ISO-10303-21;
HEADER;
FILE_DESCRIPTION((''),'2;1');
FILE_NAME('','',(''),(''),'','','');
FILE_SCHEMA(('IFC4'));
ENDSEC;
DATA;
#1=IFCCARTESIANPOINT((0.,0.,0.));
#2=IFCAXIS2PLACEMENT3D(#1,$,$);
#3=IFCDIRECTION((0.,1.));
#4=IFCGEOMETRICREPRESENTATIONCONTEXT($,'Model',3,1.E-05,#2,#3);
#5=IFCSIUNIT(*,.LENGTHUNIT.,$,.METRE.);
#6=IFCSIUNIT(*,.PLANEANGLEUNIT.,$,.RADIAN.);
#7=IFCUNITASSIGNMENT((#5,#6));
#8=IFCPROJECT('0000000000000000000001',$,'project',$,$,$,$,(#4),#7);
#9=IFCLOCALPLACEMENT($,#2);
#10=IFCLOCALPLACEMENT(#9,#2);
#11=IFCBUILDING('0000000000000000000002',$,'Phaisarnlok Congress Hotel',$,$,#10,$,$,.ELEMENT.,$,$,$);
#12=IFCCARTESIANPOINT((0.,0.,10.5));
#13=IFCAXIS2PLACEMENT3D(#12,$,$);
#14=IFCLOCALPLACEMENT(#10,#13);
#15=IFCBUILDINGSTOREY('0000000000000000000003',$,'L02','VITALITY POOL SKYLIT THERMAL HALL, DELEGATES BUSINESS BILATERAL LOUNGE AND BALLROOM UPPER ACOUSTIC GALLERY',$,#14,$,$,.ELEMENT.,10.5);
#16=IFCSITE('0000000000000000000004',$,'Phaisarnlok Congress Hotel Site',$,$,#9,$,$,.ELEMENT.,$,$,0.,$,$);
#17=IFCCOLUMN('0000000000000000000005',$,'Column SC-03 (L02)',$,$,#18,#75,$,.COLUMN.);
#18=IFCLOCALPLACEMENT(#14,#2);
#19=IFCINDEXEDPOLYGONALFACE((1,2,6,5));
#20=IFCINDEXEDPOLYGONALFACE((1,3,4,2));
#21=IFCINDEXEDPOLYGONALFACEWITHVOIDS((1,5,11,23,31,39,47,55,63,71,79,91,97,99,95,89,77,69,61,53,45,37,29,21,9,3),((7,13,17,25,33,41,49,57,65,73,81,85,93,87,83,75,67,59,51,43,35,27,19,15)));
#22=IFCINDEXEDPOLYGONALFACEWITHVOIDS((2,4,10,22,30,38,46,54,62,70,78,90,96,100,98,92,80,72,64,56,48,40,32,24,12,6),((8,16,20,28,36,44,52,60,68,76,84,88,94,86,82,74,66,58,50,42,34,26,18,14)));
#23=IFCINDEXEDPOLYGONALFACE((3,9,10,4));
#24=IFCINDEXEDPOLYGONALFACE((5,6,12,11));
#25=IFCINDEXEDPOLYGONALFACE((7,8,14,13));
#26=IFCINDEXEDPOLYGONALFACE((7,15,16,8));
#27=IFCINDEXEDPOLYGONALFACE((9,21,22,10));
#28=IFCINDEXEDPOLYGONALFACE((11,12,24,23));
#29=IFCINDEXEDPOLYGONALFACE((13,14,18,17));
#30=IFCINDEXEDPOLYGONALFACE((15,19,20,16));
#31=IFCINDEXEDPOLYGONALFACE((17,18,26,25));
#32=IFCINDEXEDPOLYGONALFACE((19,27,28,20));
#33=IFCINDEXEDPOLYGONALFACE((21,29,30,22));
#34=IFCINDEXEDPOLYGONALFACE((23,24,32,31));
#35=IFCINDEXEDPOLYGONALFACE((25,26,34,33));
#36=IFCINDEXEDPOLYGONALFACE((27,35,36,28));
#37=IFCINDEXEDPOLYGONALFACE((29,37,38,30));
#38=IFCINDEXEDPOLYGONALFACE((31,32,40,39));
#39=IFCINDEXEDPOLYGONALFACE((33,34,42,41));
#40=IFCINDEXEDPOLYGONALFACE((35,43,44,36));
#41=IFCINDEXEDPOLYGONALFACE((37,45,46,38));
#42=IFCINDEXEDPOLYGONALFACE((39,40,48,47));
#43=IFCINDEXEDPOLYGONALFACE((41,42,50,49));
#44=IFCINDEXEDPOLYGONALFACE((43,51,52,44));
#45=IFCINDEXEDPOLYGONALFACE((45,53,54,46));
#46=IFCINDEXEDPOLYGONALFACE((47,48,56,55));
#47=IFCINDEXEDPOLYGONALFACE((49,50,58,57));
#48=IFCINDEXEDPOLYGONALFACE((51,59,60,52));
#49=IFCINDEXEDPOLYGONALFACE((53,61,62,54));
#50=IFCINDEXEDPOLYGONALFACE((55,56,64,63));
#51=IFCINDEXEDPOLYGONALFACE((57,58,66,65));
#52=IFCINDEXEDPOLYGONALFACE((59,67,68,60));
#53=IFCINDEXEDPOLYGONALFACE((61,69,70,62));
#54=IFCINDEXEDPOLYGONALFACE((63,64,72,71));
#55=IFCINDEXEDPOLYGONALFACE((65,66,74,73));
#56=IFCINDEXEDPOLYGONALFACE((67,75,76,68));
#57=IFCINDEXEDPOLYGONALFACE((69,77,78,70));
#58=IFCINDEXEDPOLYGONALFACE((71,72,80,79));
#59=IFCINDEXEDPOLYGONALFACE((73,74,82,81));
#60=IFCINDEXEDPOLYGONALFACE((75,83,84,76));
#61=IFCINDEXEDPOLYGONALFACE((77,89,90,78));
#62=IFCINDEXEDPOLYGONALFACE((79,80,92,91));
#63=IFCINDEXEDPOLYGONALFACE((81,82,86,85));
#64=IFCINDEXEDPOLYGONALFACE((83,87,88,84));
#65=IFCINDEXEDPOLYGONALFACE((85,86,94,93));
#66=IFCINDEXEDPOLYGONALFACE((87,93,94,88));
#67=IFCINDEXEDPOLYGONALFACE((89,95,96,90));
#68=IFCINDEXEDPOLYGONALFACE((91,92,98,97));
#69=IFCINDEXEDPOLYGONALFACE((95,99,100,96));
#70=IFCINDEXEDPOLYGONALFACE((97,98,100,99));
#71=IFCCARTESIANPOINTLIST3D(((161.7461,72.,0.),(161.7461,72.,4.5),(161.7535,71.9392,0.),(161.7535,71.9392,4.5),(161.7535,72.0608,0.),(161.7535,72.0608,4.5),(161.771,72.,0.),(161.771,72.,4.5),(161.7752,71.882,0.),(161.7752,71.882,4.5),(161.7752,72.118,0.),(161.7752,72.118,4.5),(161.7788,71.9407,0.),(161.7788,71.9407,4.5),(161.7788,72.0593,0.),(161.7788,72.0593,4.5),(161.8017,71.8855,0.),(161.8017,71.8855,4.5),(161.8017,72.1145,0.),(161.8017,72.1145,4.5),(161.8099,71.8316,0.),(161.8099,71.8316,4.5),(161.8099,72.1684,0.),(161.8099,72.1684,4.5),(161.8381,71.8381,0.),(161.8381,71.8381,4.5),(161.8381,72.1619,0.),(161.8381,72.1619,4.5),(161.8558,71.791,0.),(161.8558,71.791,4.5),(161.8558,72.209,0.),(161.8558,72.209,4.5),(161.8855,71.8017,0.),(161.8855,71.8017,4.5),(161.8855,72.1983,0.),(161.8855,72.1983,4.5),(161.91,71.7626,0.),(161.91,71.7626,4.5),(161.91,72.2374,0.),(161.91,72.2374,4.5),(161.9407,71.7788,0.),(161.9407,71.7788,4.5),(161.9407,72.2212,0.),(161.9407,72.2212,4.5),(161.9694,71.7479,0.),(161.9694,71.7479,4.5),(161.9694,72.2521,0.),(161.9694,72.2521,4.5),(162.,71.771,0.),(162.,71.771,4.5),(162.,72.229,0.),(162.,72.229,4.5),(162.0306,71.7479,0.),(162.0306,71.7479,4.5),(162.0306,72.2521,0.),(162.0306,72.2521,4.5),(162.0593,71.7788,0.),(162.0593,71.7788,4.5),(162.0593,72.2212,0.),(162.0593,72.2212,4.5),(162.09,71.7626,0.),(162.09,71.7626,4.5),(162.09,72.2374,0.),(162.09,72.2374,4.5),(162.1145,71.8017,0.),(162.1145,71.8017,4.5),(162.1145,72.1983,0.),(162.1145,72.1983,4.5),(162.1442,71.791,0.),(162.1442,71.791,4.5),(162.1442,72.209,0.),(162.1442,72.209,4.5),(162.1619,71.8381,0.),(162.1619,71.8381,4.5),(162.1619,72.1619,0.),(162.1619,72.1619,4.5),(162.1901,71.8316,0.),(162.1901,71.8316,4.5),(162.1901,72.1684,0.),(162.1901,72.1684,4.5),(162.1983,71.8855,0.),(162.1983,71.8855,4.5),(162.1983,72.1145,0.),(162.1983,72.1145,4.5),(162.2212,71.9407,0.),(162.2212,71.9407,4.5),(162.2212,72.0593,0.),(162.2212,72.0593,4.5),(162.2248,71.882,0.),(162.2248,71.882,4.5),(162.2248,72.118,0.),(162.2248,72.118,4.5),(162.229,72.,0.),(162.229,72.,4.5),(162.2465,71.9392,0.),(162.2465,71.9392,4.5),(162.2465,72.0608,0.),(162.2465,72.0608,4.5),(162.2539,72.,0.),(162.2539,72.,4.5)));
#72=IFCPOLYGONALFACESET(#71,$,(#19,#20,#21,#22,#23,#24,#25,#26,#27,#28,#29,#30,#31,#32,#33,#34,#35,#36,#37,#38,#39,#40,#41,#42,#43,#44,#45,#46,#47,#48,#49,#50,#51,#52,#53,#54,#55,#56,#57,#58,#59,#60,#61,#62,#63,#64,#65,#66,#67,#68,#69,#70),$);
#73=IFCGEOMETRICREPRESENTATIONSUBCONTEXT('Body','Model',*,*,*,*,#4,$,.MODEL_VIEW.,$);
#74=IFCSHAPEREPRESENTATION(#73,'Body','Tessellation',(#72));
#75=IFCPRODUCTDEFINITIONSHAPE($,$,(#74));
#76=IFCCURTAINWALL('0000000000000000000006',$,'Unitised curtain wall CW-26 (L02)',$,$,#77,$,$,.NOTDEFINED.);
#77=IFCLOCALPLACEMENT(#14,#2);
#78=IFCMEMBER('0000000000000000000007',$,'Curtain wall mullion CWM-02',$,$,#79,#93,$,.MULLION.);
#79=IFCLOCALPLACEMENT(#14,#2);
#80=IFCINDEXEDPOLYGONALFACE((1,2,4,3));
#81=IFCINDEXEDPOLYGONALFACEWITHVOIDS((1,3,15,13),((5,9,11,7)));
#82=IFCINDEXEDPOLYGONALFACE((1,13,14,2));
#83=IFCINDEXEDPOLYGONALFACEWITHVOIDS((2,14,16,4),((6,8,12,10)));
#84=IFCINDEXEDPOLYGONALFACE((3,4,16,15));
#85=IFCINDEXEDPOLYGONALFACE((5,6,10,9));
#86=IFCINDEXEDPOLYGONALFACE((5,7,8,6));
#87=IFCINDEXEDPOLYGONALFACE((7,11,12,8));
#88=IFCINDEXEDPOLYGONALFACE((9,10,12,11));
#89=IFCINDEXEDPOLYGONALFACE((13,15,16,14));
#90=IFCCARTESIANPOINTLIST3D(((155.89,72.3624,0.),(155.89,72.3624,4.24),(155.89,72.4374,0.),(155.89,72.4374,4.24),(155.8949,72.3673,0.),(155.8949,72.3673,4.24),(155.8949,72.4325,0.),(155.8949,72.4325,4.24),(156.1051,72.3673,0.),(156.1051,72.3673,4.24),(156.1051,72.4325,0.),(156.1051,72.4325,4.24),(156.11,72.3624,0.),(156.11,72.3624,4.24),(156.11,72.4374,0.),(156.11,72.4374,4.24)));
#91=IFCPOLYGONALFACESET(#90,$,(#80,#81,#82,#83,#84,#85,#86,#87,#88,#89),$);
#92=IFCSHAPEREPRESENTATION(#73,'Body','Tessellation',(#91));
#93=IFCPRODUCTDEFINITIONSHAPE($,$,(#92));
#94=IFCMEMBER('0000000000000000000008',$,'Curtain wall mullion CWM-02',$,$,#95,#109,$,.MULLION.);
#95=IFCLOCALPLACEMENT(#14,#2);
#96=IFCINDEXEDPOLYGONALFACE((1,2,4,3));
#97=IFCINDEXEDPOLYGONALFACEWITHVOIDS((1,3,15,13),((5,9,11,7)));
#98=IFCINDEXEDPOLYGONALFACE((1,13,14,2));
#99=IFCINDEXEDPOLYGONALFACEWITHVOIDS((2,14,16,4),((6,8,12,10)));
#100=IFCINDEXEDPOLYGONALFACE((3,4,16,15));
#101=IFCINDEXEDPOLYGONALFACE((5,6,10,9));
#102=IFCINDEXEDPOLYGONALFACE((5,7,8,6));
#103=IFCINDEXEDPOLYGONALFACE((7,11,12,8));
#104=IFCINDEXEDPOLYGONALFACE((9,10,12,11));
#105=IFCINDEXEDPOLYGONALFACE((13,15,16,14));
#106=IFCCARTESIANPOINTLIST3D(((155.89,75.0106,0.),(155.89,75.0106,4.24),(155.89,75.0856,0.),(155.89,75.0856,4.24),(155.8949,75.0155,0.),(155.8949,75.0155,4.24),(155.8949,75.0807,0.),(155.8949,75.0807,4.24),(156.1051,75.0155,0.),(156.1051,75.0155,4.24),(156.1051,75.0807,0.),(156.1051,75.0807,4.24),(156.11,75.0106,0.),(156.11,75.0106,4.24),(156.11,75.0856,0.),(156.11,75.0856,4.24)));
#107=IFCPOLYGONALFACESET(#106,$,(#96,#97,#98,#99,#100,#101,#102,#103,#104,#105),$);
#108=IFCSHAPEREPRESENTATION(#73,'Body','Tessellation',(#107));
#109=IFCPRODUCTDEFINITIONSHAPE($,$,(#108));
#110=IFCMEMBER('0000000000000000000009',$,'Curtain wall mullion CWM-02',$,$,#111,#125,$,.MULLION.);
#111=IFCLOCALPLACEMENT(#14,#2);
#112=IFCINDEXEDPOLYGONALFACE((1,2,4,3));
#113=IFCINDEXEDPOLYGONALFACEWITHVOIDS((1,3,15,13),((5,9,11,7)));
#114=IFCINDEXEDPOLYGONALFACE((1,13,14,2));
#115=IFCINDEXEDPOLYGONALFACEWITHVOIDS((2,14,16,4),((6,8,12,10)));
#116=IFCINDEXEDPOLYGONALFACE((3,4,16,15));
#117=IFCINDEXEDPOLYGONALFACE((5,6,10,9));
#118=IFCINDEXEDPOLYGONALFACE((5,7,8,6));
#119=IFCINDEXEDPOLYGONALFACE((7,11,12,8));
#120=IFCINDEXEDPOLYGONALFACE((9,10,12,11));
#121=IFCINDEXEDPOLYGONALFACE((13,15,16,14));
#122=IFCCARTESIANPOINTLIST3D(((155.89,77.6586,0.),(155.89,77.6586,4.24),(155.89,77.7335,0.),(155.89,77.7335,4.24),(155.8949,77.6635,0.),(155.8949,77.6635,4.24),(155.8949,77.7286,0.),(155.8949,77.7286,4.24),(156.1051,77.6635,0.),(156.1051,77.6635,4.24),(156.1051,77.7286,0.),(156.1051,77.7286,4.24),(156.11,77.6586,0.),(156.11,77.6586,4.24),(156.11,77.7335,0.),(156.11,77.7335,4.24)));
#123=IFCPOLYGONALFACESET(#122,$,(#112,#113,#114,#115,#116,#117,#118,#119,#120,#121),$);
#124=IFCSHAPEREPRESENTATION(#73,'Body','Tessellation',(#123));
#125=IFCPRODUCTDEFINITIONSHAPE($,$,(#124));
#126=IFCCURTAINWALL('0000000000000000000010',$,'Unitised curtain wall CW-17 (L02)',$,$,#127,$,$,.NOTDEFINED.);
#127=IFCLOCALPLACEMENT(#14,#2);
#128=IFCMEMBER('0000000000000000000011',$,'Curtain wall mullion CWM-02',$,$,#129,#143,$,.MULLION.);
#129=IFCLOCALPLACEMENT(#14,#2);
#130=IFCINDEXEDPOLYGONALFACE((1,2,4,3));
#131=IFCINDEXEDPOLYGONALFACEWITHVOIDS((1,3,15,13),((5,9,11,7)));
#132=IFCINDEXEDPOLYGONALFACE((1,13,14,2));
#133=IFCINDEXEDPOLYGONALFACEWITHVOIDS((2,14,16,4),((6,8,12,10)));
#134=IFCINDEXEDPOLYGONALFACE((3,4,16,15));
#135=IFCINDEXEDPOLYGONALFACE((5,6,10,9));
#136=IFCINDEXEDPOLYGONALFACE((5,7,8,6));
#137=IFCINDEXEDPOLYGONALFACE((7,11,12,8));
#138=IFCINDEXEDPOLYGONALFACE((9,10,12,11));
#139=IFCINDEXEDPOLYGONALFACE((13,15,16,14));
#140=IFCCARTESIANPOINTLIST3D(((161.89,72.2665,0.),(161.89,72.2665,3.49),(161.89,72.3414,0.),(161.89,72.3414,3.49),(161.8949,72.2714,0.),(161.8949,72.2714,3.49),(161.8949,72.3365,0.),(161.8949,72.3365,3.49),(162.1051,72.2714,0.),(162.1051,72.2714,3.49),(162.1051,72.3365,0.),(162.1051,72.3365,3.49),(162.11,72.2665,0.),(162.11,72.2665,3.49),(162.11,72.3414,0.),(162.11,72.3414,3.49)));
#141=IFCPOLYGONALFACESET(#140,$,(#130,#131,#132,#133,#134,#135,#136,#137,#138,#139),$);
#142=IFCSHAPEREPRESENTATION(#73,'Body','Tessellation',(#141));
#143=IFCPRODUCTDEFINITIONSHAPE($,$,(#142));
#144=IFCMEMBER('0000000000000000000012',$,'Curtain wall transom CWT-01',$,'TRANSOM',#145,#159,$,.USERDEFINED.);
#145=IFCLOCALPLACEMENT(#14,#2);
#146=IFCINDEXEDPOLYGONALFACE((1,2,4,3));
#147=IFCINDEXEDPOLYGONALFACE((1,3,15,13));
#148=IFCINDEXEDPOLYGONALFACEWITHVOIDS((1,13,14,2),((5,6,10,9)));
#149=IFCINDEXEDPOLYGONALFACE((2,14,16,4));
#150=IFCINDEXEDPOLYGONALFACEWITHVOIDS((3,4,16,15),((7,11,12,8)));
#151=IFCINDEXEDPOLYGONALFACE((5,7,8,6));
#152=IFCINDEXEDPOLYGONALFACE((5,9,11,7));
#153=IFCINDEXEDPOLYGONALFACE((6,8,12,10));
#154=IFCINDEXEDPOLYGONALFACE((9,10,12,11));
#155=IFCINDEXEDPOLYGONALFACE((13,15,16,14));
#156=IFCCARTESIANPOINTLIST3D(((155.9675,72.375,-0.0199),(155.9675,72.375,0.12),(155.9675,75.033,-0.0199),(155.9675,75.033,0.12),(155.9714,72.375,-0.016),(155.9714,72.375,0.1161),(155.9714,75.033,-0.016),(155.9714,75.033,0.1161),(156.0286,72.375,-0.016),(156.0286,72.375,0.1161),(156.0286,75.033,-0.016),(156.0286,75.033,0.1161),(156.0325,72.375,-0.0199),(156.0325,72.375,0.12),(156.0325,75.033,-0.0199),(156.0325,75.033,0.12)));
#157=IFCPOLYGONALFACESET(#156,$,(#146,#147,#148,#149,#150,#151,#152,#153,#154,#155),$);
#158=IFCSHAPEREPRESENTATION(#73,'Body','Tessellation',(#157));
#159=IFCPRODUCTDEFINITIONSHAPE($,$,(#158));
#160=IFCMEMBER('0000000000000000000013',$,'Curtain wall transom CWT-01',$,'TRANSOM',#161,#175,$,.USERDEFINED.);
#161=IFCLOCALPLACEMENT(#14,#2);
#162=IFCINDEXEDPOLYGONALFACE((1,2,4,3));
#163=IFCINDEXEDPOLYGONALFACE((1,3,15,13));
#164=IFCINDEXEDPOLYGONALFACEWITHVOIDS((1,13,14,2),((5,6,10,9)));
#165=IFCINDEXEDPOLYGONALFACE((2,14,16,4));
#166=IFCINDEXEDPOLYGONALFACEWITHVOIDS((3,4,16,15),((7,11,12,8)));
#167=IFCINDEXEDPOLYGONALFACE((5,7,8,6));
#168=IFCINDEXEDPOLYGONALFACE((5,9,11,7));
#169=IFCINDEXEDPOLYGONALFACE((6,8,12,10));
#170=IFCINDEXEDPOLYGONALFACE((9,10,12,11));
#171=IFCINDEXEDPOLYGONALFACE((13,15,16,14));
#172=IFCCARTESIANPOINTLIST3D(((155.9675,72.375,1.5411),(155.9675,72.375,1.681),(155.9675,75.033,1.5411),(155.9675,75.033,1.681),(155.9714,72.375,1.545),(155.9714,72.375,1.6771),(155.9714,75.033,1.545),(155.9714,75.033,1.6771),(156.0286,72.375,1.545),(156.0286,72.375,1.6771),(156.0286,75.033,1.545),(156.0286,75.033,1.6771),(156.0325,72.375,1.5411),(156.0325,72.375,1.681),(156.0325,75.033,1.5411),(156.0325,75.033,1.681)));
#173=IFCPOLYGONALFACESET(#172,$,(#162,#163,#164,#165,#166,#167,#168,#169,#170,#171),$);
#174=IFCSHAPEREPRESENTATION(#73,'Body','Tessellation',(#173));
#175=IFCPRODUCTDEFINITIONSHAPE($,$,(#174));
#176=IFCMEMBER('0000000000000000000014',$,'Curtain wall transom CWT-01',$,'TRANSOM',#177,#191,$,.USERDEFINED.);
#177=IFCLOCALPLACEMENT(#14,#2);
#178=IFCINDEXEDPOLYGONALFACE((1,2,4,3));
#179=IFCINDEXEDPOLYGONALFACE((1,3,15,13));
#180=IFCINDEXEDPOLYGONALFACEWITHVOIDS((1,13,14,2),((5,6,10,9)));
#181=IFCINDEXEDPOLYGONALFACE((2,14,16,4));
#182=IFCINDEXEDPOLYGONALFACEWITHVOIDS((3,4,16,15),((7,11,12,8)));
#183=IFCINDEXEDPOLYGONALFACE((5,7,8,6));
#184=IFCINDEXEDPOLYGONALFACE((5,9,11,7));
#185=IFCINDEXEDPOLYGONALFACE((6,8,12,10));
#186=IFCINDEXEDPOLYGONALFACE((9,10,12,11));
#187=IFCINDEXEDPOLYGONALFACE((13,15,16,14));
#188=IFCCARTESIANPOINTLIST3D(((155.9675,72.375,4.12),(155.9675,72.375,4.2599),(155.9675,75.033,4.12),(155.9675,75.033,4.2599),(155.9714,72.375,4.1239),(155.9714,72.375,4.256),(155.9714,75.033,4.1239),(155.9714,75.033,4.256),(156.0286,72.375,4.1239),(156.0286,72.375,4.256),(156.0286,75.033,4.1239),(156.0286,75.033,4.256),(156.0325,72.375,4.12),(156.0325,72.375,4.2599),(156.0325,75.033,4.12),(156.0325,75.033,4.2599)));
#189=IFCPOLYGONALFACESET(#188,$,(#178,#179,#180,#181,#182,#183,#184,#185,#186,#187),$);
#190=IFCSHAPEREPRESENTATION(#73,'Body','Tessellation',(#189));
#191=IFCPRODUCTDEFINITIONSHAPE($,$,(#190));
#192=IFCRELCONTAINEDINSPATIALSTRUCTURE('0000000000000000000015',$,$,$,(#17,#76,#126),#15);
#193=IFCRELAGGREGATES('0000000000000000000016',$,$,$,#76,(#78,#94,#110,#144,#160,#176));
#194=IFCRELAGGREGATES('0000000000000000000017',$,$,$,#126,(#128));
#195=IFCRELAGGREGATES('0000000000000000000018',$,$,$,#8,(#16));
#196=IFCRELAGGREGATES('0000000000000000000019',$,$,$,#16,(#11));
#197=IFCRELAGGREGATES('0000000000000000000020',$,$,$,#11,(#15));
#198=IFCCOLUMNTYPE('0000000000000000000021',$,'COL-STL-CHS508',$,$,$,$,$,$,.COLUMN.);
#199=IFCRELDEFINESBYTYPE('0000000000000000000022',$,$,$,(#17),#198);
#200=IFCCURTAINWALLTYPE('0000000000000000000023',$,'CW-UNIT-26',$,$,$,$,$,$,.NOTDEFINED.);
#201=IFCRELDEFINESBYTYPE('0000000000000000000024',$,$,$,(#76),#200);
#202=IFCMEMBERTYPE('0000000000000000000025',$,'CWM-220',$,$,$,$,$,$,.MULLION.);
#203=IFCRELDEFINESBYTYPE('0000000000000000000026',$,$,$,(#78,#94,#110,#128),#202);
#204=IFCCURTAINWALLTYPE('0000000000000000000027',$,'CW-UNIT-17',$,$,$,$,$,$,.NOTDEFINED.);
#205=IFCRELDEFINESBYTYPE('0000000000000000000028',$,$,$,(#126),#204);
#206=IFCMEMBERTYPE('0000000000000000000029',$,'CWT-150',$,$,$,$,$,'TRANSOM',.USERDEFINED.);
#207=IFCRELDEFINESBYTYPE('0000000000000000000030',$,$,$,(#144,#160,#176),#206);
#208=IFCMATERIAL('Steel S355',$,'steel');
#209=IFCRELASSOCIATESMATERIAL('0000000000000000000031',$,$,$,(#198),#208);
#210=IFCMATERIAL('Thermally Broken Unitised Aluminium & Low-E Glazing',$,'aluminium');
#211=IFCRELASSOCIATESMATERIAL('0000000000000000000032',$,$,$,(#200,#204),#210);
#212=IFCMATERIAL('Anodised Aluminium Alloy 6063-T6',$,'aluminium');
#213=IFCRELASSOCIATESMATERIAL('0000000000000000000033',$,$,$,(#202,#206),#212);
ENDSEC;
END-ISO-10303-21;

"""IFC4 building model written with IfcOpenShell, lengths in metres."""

from ifc_helpers import new_model, si_unit, direction, frame, origin, origin_2d, place, context, subcontext, project, spatial, hollow_rectangle, hollow_circle, extrude, material, material_profile, profile_set, type_object, element, aggregate, save


model = new_model("IFC4")

# Units and contexts
model_context = context("Model", 3, precision=1e-05, world=origin(), true_north=direction((0.0, 1.0)))
body_context = subcontext(model_context, "Body", "Model", "MODEL_VIEW")
ifc_project = project(units=[si_unit("LENGTHUNIT", "METRE"), si_unit("PLANEANGLEUNIT", "RADIAN")], contexts=[model_context])

# Site, building, storey
site_placement = place(None, origin())
site = spatial("IfcSite", under=ifc_project, at=site_placement, Name="Phaisarnlok Congress Hotel Site", CompositionType="ELEMENT", RefElevation=0.0)
building_placement = place(site_placement, origin())
building = spatial("IfcBuilding", under=site, at=building_placement, Name="Phaisarnlok Congress Hotel", CompositionType="ELEMENT")
storey_placement = place(building_placement, frame((0.0, 0.0, 10.5)))
storey = spatial("IfcBuildingStorey", under=building, at=storey_placement, Name="L02", Description="VITALITY POOL SKYLIT THERMAL HALL, DELEGATES BUSINESS BILATERAL LOUNGE AND BALLROOM UPPER ACOUSTIC GALLERY", CompositionType="ELEMENT", Elevation=10.5)

# Column
ifc_material_1 = material(Name="Steel S355", Category="steel")
ifc_material_profile_1 = material_profile(ifc_material_1, hollow_circle(Radius=0.2539, WallThickness=0.0249, at=origin_2d()), Name="CHS 508x25")
ifc_profile_set_1 = profile_set([ifc_material_profile_1], Name="Steel S355")
column_type = type_object("IfcColumnType", Name="COL-STL-CHS508", PredefinedType="COLUMN", material=ifc_profile_set_1)
column_placement = place(storey_placement, frame((162.0, 72.0, 0.0), z_axis=(0.0, 0.0, 1.0), x_axis=(1.0, 0.0, 0.0)))
element("IfcColumn", 1, at=column_placement, inside=storey, type_object=column_type, Name="Column SC-03 (L02)", PredefinedType="COLUMN", context=body_context, shape_type="SweptSolid", body=[
    extrude(hollow_circle(Radius=0.2539, WallThickness=0.0249, at=origin_2d()), origin(), (0.0, 0.0, 1.0), 4.5),
])

# Curtain wall, members
ifc_material_2 = material(Name="Thermally Broken Unitised Aluminium & Low-E Glazing", Category="aluminium")
curtain_wall_type_1 = type_object("IfcCurtainWallType", Name="CW-UNIT-26", PredefinedType="NOTDEFINED", material=ifc_material_2)
curtain_wall_1_placement = place(storey_placement, origin())
curtain_wall_1 = element("IfcCurtainWall", 2, at=curtain_wall_1_placement, inside=storey, type_object=curtain_wall_type_1, Name="Unitised curtain wall CW-26 (L02)", PredefinedType="NOTDEFINED")
ifc_material_3 = material(Name="Anodised Aluminium Alloy 6063-T6", Category="aluminium")
ifc_material_profile_2 = material_profile(ifc_material_3, hollow_rectangle(XDim=0.075, YDim=0.22, WallThickness=0.0049, at=origin_2d()), Name="ALU-M 75x220x5")
ifc_profile_set_2 = profile_set([ifc_material_profile_2], Name="Anodised Aluminium Alloy 6063-T6")
member_type_1 = type_object("IfcMemberType", Name="CWM-220", PredefinedType="MULLION", material=ifc_profile_set_2)
member_1_placement = place(storey_placement, frame((156.0, 72.3999, 0.0), z_axis=(0.0, 0.0, 1.0), x_axis=(0.0, 1.0, 0.0)))
member_1 = element("IfcMember", 3, at=member_1_placement, type_object=member_type_1, Name="Curtain wall mullion CWM-02", PredefinedType="MULLION", context=body_context, shape_type="SweptSolid", body=[
    extrude(hollow_rectangle(XDim=0.075, YDim=0.22, WallThickness=0.0049, at=origin_2d()), origin(), (0.0, 0.0, 1.0), 4.24),
])
member_2_placement = place(storey_placement, frame((156.0, 75.0481, 0.0), z_axis=(0.0, 0.0, 1.0), x_axis=(0.0, 1.0, 0.0)))
member_2 = element("IfcMember", 4, at=member_2_placement, type_object=member_type_1, Name="Curtain wall mullion CWM-02", PredefinedType="MULLION", context=body_context, shape_type="SweptSolid", body=[
    extrude(hollow_rectangle(XDim=0.075, YDim=0.22, WallThickness=0.0049, at=origin_2d()), origin(), (0.0, 0.0, 1.0), 4.24),
])
member_3_placement = place(storey_placement, frame((156.0, 77.696, 0.0), z_axis=(0.0, 0.0, 1.0), x_axis=(0.0, 1.0, 0.0)))
member_3 = element("IfcMember", 5, at=member_3_placement, type_object=member_type_1, Name="Curtain wall mullion CWM-02", PredefinedType="MULLION", context=body_context, shape_type="SweptSolid", body=[
    extrude(hollow_rectangle(XDim=0.075, YDim=0.22, WallThickness=0.0049, at=origin_2d()), origin(), (0.0, 0.0, 1.0), 4.24),
])

# Curtain wall, member
curtain_wall_type_2 = type_object("IfcCurtainWallType", Name="CW-UNIT-17", PredefinedType="NOTDEFINED", material=ifc_material_2)
curtain_wall_2_placement = place(storey_placement, origin())
curtain_wall_2 = element("IfcCurtainWall", 6, at=curtain_wall_2_placement, inside=storey, type_object=curtain_wall_type_2, Name="Unitised curtain wall CW-17 (L02)", PredefinedType="NOTDEFINED")
member_4_placement = place(storey_placement, frame((162.0, 72.304, 0.0), z_axis=(0.0, 0.0, 1.0), x_axis=(0.0, -1.0, 0.0)))
member_4 = element("IfcMember", 7, at=member_4_placement, type_object=member_type_1, Name="Curtain wall mullion CWM-02", PredefinedType="MULLION", context=body_context, shape_type="SweptSolid", body=[
    extrude(hollow_rectangle(XDim=0.075, YDim=0.22, WallThickness=0.0049, at=origin_2d()), origin(), (0.0, 0.0, 1.0), 3.49),
])

# Members
ifc_material_profile_3 = material_profile(ifc_material_3, hollow_rectangle(XDim=0.0649, YDim=0.1399, WallThickness=0.0039, at=origin_2d()), Name="ALU-T 65x140x4")
ifc_profile_set_3 = profile_set([ifc_material_profile_3], Name="Anodised Aluminium Alloy 6063-T6")
member_type_2 = type_object("IfcMemberType", Name="CWT-150", ElementType="TRANSOM", PredefinedType="USERDEFINED", material=ifc_profile_set_3)
member_5_placement = place(storey_placement, frame((156.0, 72.375, 0.05), z_axis=(0.0, 1.0, 0.0), x_axis=(-1.0, 0.0, 0.0)))
member_5 = element("IfcMember", 8, at=member_5_placement, type_object=member_type_2, Name="Curtain wall transom CWT-01", ObjectType="TRANSOM", PredefinedType="USERDEFINED", context=body_context, shape_type="SweptSolid", body=[
    extrude(hollow_rectangle(XDim=0.0649, YDim=0.1399, WallThickness=0.0039, at=origin_2d()), origin(), (0.0, 0.0, 1.0), 2.658),
])
member_6_placement = place(storey_placement, frame((156.0, 72.375, 1.6111), z_axis=(0.0, 1.0, 0.0), x_axis=(-1.0, 0.0, 0.0)))
member_6 = element("IfcMember", 9, at=member_6_placement, type_object=member_type_2, Name="Curtain wall transom CWT-01", ObjectType="TRANSOM", PredefinedType="USERDEFINED", context=body_context, shape_type="SweptSolid", body=[
    extrude(hollow_rectangle(XDim=0.0649, YDim=0.1399, WallThickness=0.0039, at=origin_2d()), origin(), (0.0, 0.0, 1.0), 2.658),
])
member_7_placement = place(storey_placement, frame((156.0, 72.375, 4.1899), z_axis=(0.0, 1.0, 0.0), x_axis=(-1.0, 0.0, 0.0)))
member_7 = element("IfcMember", 10, at=member_7_placement, type_object=member_type_2, Name="Curtain wall transom CWT-01", ObjectType="TRANSOM", PredefinedType="USERDEFINED", context=body_context, shape_type="SweptSolid", body=[
    extrude(hollow_rectangle(XDim=0.0649, YDim=0.1399, WallThickness=0.0039, at=origin_2d()), origin(), (0.0, 0.0, 1.0), 2.658),
])

aggregate(curtain_wall_1, [member_1, member_2, member_3, member_5, member_6, member_7])
aggregate(curtain_wall_2, [member_4])

save(model, "model.ifc")
